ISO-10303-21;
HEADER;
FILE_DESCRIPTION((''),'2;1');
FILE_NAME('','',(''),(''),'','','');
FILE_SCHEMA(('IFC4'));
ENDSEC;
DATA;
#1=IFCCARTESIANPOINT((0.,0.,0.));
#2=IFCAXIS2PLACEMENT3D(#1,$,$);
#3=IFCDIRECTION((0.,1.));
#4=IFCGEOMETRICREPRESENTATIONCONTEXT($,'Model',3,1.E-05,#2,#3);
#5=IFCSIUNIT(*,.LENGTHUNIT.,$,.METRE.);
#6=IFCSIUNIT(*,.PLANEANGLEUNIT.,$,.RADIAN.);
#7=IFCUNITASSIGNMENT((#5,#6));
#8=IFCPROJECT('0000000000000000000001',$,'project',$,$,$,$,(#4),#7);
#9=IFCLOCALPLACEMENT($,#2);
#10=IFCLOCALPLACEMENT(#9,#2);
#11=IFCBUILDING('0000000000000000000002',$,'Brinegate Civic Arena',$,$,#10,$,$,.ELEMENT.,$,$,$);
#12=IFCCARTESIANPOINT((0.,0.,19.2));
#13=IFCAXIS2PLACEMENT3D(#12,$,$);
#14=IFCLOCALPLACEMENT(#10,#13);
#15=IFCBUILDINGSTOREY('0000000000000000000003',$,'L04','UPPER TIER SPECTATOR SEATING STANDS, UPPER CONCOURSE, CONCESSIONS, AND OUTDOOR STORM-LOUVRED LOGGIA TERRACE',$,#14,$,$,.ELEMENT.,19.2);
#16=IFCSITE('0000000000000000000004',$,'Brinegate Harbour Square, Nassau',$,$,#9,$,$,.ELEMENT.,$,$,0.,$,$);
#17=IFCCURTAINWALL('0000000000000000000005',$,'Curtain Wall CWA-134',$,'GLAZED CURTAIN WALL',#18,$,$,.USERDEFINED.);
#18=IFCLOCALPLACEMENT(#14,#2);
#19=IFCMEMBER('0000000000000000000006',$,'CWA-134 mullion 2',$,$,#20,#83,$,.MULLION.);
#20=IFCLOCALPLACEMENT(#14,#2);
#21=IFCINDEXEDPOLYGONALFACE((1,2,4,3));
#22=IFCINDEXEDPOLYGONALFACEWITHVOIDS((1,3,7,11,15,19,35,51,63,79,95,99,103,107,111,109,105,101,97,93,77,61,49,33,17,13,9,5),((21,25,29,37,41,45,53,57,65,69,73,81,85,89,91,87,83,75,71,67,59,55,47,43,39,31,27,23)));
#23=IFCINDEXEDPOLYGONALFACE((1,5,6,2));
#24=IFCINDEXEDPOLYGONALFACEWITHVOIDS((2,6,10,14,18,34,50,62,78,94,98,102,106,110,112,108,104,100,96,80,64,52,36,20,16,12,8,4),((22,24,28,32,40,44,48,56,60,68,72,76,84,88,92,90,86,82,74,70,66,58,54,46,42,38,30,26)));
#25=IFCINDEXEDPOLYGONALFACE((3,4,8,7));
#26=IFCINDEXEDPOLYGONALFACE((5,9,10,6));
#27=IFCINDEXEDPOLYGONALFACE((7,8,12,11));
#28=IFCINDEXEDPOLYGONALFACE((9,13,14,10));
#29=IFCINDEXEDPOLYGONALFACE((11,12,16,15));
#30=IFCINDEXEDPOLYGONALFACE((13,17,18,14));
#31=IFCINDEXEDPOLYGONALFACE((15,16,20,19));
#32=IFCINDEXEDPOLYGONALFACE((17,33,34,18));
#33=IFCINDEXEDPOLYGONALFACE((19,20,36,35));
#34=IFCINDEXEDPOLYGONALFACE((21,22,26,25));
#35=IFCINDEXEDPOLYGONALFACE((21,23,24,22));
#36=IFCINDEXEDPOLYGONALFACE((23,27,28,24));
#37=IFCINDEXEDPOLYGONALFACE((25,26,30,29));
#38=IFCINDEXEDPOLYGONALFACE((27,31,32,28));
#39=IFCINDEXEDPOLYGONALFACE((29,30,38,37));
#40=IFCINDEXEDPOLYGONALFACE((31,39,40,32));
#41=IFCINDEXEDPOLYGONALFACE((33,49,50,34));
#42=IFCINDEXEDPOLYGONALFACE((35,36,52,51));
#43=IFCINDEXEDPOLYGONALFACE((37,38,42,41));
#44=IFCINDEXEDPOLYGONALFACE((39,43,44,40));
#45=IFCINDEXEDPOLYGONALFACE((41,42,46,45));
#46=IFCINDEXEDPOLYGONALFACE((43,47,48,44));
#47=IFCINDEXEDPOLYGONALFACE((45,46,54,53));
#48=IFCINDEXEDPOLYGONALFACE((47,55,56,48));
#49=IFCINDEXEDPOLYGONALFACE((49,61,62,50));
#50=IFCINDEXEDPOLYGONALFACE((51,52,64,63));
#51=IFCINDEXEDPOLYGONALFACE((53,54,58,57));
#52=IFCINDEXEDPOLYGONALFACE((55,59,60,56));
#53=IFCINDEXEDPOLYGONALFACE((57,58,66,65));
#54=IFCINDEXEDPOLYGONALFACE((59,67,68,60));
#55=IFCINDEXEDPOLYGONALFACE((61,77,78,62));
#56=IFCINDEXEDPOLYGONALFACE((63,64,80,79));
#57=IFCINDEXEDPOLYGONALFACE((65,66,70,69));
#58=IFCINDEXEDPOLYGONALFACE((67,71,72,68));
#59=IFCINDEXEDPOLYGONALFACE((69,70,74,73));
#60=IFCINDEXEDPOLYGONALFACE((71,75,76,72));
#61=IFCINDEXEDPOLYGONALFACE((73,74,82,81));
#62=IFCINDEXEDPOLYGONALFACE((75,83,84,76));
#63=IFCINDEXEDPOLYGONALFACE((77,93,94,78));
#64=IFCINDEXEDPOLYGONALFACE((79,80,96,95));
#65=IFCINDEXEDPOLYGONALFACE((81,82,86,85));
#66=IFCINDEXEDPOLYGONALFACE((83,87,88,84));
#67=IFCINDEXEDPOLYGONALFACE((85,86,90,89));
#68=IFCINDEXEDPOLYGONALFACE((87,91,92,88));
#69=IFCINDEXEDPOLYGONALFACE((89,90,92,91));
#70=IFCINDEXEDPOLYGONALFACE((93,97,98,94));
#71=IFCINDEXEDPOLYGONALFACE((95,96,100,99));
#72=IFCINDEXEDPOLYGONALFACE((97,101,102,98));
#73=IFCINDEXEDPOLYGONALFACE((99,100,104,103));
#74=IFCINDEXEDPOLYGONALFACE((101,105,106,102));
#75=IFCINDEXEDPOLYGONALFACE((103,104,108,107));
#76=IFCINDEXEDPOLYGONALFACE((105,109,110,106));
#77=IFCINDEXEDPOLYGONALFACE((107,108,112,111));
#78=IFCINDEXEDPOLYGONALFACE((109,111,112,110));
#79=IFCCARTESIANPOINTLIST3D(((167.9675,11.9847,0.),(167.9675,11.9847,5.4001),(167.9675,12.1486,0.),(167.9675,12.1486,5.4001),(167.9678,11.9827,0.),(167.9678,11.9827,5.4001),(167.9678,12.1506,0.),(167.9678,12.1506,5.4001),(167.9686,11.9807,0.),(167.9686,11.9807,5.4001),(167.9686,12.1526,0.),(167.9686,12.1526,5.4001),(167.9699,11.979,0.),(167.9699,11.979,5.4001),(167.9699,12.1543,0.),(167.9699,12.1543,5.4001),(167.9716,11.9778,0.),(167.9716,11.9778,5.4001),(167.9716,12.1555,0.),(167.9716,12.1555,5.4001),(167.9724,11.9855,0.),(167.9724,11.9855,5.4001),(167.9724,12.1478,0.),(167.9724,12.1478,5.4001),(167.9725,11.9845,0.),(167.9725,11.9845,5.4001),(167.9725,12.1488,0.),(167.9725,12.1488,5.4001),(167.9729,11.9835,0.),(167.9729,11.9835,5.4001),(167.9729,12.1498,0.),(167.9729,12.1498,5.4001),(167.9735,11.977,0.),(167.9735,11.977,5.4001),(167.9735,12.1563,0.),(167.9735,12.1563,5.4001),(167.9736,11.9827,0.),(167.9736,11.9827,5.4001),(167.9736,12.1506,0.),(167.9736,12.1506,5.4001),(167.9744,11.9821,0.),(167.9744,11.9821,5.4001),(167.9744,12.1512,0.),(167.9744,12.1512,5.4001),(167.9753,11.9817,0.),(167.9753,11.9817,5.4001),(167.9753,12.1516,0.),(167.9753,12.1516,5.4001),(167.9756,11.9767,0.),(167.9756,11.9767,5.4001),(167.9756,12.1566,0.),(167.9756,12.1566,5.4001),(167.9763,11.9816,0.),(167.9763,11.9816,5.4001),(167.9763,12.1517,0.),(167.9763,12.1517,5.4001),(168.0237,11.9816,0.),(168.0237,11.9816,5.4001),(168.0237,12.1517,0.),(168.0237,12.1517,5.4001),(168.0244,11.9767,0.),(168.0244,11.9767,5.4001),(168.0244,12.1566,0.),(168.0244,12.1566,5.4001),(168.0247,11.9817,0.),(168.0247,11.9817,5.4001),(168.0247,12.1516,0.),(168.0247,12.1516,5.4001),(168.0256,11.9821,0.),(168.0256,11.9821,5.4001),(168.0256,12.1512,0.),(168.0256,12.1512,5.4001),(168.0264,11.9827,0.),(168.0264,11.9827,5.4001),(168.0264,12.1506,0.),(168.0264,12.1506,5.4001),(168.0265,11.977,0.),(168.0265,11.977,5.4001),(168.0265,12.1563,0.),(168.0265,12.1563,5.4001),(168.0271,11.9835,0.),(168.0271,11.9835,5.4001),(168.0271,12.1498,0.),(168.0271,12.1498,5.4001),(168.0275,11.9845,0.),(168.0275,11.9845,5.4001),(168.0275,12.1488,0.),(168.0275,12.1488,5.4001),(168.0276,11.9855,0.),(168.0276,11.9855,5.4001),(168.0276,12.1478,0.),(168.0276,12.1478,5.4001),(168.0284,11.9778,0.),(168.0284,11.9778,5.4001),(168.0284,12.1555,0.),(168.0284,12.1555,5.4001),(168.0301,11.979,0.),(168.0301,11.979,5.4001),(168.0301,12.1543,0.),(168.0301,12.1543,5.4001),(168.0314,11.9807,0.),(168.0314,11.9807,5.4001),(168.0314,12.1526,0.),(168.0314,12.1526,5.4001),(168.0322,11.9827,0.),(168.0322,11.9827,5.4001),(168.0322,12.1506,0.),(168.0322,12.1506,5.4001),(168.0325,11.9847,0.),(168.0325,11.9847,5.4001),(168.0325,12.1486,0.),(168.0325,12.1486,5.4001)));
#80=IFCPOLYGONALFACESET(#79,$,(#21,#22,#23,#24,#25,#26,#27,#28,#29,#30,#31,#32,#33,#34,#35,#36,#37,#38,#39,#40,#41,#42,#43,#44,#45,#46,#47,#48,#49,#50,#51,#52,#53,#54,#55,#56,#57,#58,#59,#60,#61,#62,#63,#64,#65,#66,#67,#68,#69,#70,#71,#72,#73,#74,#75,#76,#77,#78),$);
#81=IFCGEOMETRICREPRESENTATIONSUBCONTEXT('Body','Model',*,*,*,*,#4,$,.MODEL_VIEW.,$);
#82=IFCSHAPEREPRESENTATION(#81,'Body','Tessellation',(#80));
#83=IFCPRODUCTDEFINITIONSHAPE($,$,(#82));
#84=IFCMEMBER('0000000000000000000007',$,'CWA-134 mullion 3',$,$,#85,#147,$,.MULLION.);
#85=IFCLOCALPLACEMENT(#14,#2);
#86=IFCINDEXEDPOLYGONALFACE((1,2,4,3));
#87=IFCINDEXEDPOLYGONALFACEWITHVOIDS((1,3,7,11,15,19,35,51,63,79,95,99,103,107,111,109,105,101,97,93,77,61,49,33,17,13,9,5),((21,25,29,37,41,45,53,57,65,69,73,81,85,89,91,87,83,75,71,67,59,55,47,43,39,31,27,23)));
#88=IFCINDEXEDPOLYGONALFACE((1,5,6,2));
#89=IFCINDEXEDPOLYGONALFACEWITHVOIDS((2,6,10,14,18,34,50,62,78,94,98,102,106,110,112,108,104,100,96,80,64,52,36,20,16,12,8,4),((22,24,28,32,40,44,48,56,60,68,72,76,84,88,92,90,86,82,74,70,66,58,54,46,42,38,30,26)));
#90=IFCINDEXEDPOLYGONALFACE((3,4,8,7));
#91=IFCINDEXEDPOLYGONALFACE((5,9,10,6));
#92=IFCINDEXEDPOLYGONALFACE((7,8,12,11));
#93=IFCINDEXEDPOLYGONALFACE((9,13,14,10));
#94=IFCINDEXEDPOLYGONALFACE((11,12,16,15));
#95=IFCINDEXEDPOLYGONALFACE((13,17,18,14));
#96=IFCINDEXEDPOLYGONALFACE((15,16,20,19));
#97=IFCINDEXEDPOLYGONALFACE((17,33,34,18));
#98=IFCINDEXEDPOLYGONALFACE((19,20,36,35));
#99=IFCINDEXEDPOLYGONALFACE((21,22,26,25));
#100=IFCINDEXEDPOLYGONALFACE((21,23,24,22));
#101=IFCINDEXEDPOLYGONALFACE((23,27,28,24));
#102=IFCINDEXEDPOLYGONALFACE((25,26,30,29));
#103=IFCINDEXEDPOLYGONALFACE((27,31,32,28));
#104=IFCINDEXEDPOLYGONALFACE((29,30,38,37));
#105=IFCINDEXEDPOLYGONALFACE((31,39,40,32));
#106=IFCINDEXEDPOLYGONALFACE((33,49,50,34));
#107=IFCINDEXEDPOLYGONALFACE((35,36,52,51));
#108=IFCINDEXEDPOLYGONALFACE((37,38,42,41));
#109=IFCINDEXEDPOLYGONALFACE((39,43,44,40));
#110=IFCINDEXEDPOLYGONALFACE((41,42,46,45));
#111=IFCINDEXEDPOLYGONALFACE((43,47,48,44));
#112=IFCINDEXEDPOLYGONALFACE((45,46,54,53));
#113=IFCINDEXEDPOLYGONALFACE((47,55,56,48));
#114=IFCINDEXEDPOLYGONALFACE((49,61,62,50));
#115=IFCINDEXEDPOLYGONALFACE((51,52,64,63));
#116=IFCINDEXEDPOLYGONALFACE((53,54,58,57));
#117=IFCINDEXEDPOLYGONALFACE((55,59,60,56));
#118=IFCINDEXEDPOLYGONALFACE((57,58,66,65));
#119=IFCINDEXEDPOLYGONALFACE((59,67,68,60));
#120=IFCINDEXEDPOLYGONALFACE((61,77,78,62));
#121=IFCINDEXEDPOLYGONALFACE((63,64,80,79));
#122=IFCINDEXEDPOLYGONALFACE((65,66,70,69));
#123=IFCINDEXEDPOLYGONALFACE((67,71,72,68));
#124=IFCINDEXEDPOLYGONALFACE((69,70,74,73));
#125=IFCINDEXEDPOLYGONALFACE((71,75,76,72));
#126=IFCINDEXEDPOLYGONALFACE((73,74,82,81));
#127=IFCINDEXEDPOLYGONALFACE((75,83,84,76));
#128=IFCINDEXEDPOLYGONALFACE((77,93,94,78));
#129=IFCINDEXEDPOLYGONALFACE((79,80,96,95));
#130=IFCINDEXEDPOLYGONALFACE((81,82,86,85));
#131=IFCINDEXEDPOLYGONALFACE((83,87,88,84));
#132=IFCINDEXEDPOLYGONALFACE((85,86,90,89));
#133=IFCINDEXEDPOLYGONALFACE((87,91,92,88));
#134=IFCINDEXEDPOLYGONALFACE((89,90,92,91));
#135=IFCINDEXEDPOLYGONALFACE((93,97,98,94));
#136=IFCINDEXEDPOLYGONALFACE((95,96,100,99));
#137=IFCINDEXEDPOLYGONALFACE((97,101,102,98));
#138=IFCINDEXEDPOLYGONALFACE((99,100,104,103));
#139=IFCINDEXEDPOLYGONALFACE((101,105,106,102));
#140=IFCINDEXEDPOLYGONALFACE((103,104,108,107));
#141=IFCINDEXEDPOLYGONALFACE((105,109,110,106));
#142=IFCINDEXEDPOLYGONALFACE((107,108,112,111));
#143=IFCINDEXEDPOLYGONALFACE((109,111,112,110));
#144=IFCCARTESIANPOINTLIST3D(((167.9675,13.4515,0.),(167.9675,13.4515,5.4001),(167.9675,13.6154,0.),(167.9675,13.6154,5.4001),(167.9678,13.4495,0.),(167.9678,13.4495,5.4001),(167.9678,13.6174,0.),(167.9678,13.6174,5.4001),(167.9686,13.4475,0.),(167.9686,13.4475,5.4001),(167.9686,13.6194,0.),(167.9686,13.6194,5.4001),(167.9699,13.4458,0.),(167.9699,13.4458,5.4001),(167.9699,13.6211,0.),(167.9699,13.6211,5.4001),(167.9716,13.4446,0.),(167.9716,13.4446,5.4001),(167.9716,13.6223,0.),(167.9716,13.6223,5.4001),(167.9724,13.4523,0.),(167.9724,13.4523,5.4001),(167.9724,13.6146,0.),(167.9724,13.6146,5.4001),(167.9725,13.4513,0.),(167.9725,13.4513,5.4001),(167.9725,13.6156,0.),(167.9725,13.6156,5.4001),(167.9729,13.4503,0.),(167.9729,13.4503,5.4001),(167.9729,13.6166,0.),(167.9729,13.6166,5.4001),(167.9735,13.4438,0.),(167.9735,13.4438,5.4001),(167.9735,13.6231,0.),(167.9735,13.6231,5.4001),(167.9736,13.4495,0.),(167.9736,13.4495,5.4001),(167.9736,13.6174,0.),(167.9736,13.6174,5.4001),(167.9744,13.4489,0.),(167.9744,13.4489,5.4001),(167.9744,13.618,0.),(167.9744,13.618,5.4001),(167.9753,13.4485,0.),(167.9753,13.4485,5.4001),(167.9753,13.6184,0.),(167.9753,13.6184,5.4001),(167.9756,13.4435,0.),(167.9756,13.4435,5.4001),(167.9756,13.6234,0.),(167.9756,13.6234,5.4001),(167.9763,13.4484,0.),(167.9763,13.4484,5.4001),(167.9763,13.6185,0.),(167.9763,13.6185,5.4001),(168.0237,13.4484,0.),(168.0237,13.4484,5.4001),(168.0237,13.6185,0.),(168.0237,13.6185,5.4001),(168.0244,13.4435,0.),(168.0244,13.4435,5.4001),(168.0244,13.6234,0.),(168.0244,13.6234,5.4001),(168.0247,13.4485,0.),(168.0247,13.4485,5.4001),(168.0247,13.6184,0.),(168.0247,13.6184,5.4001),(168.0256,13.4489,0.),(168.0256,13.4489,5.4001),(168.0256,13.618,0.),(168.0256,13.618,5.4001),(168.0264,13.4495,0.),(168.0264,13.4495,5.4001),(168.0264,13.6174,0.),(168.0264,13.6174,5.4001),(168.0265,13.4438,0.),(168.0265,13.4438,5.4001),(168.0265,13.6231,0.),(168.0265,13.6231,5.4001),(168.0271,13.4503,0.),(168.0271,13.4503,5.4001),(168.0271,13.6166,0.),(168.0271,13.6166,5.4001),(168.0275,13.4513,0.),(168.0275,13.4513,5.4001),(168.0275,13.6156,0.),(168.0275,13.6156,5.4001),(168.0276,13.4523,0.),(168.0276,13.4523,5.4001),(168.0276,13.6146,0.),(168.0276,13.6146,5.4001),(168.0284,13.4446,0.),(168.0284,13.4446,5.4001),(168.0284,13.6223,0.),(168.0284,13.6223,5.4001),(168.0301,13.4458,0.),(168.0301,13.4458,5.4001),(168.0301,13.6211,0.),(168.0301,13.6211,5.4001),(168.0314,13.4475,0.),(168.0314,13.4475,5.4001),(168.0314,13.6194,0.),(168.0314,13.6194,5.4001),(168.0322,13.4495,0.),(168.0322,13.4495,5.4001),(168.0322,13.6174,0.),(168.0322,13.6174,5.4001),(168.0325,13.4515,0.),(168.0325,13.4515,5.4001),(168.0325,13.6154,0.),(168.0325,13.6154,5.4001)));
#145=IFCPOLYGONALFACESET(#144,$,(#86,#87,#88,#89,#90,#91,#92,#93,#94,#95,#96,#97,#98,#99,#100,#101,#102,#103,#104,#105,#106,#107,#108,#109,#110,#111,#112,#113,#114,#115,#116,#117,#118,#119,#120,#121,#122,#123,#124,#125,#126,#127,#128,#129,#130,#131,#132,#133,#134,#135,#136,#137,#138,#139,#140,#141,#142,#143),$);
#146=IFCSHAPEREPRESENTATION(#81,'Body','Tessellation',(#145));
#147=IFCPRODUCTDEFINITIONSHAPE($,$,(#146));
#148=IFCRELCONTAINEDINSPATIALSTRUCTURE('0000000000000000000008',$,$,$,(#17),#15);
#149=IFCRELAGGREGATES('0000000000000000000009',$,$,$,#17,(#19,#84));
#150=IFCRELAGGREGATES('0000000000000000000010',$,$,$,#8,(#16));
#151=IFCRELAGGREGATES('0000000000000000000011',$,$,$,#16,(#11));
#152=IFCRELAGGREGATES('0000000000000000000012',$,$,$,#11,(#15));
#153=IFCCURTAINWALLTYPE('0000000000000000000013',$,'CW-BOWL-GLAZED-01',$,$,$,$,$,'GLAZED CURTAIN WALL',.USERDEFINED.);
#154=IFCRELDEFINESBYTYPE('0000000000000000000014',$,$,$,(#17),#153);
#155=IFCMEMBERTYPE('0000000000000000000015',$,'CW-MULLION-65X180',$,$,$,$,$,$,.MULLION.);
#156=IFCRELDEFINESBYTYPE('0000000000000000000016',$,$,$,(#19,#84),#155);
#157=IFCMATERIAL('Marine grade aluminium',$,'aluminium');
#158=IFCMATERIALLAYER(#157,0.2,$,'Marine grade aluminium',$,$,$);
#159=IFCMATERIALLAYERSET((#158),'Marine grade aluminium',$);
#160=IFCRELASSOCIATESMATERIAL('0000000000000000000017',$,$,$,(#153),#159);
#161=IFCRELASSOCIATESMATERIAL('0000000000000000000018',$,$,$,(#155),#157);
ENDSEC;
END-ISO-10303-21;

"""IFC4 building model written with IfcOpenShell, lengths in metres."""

from ifc_helpers import new_model, si_unit, direction, frame, origin, origin_2d, place, context, subcontext, project, spatial, hollow_rectangle, extrude, material, layer, layer_set, material_profile, profile_set, type_object, element, aggregate, save


model = new_model("IFC4")

# Units and contexts
model_context = context("Model", 3, precision=1e-05, world=origin(), true_north=direction((0.0, 1.0)))
body_context = subcontext(model_context, "Body", "Model", "MODEL_VIEW")
ifc_project = project(units=[si_unit("LENGTHUNIT", "METRE"), si_unit("PLANEANGLEUNIT", "RADIAN")], contexts=[model_context])

# Site, building, storey
site_placement = place(None, origin())
site = spatial("IfcSite", under=ifc_project, at=site_placement, Name="Brinegate Harbour Square, Nassau", CompositionType="ELEMENT", RefElevation=0.0)
building_placement = place(site_placement, origin())
building = spatial("IfcBuilding", under=site, at=building_placement, Name="Brinegate Civic Arena", CompositionType="ELEMENT")
storey_placement = place(building_placement, frame((0.0, 0.0, 19.2)))
storey = spatial("IfcBuildingStorey", under=building, at=storey_placement, Name="L04", Description="UPPER TIER SPECTATOR SEATING STANDS, UPPER CONCOURSE, CONCESSIONS, AND OUTDOOR STORM-LOUVRED LOGGIA TERRACE", CompositionType="ELEMENT", Elevation=19.2)

# Curtain wall, members
ifc_material_1 = material(Name="Marine grade aluminium", Category="aluminium")
ifc_layer_1 = layer(ifc_material_1, 0.2, Name="Marine grade aluminium")
ifc_layer_set_1 = layer_set([ifc_layer_1], Name="Marine grade aluminium")
curtain_wall_type = type_object("IfcCurtainWallType", Name="CW-BOWL-GLAZED-01", ElementType="GLAZED CURTAIN WALL", PredefinedType="USERDEFINED", material=ifc_layer_set_1)
curtain_wall_placement = place(storey_placement, origin())
curtain_wall = element("IfcCurtainWall", 1, at=curtain_wall_placement, inside=storey, type_object=curtain_wall_type, Name="Curtain Wall CWA-134", ObjectType="GLAZED CURTAIN WALL", PredefinedType="USERDEFINED")
ifc_material_profile_1 = material_profile(ifc_material_1, hollow_rectangle(XDim=0.0649, YDim=0.1799, WallThickness=0.0049, InnerFilletRadius=0.0039, OuterFilletRadius=0.0081, at=origin_2d()), Name="MUL65X180")
ifc_profile_set_1 = profile_set([ifc_material_profile_1], Name="Marine grade aluminium")
member_type_1 = type_object("IfcMemberType", Name="CW-MULLION-65X180", PredefinedType="MULLION", material=ifc_profile_set_1)
member_1_placement = place(storey_placement, frame((168.0, 12.0667, 0.0), z_axis=(0.0, 0.0, 1.0), x_axis=(-1.0, 0.0, 0.0)))
member_1 = element("IfcMember", 2, at=member_1_placement, type_object=member_type_1, Name="CWA-134 mullion 2", PredefinedType="MULLION", context=body_context, shape_type="SweptSolid", body=[
    extrude(hollow_rectangle(XDim=0.0649, YDim=0.1799, WallThickness=0.0049, InnerFilletRadius=0.0039, OuterFilletRadius=0.0081, at=origin_2d()), origin(), (0.0, 0.0, 1.0), 5.4001),
])
member_2_placement = place(storey_placement, frame((168.0, 13.5334, 0.0), z_axis=(0.0, 0.0, 1.0), x_axis=(-1.0, 0.0, 0.0)))
member_2 = element("IfcMember", 3, at=member_2_placement, type_object=member_type_1, Name="CWA-134 mullion 3", PredefinedType="MULLION", context=body_context, shape_type="SweptSolid", body=[
    extrude(hollow_rectangle(XDim=0.0649, YDim=0.1799, WallThickness=0.0049, InnerFilletRadius=0.0039, OuterFilletRadius=0.0081, at=origin_2d()), origin(), (0.0, 0.0, 1.0), 5.4001),
])
aggregate(curtain_wall, [member_1, member_2])

save(model, "model.ifc")
